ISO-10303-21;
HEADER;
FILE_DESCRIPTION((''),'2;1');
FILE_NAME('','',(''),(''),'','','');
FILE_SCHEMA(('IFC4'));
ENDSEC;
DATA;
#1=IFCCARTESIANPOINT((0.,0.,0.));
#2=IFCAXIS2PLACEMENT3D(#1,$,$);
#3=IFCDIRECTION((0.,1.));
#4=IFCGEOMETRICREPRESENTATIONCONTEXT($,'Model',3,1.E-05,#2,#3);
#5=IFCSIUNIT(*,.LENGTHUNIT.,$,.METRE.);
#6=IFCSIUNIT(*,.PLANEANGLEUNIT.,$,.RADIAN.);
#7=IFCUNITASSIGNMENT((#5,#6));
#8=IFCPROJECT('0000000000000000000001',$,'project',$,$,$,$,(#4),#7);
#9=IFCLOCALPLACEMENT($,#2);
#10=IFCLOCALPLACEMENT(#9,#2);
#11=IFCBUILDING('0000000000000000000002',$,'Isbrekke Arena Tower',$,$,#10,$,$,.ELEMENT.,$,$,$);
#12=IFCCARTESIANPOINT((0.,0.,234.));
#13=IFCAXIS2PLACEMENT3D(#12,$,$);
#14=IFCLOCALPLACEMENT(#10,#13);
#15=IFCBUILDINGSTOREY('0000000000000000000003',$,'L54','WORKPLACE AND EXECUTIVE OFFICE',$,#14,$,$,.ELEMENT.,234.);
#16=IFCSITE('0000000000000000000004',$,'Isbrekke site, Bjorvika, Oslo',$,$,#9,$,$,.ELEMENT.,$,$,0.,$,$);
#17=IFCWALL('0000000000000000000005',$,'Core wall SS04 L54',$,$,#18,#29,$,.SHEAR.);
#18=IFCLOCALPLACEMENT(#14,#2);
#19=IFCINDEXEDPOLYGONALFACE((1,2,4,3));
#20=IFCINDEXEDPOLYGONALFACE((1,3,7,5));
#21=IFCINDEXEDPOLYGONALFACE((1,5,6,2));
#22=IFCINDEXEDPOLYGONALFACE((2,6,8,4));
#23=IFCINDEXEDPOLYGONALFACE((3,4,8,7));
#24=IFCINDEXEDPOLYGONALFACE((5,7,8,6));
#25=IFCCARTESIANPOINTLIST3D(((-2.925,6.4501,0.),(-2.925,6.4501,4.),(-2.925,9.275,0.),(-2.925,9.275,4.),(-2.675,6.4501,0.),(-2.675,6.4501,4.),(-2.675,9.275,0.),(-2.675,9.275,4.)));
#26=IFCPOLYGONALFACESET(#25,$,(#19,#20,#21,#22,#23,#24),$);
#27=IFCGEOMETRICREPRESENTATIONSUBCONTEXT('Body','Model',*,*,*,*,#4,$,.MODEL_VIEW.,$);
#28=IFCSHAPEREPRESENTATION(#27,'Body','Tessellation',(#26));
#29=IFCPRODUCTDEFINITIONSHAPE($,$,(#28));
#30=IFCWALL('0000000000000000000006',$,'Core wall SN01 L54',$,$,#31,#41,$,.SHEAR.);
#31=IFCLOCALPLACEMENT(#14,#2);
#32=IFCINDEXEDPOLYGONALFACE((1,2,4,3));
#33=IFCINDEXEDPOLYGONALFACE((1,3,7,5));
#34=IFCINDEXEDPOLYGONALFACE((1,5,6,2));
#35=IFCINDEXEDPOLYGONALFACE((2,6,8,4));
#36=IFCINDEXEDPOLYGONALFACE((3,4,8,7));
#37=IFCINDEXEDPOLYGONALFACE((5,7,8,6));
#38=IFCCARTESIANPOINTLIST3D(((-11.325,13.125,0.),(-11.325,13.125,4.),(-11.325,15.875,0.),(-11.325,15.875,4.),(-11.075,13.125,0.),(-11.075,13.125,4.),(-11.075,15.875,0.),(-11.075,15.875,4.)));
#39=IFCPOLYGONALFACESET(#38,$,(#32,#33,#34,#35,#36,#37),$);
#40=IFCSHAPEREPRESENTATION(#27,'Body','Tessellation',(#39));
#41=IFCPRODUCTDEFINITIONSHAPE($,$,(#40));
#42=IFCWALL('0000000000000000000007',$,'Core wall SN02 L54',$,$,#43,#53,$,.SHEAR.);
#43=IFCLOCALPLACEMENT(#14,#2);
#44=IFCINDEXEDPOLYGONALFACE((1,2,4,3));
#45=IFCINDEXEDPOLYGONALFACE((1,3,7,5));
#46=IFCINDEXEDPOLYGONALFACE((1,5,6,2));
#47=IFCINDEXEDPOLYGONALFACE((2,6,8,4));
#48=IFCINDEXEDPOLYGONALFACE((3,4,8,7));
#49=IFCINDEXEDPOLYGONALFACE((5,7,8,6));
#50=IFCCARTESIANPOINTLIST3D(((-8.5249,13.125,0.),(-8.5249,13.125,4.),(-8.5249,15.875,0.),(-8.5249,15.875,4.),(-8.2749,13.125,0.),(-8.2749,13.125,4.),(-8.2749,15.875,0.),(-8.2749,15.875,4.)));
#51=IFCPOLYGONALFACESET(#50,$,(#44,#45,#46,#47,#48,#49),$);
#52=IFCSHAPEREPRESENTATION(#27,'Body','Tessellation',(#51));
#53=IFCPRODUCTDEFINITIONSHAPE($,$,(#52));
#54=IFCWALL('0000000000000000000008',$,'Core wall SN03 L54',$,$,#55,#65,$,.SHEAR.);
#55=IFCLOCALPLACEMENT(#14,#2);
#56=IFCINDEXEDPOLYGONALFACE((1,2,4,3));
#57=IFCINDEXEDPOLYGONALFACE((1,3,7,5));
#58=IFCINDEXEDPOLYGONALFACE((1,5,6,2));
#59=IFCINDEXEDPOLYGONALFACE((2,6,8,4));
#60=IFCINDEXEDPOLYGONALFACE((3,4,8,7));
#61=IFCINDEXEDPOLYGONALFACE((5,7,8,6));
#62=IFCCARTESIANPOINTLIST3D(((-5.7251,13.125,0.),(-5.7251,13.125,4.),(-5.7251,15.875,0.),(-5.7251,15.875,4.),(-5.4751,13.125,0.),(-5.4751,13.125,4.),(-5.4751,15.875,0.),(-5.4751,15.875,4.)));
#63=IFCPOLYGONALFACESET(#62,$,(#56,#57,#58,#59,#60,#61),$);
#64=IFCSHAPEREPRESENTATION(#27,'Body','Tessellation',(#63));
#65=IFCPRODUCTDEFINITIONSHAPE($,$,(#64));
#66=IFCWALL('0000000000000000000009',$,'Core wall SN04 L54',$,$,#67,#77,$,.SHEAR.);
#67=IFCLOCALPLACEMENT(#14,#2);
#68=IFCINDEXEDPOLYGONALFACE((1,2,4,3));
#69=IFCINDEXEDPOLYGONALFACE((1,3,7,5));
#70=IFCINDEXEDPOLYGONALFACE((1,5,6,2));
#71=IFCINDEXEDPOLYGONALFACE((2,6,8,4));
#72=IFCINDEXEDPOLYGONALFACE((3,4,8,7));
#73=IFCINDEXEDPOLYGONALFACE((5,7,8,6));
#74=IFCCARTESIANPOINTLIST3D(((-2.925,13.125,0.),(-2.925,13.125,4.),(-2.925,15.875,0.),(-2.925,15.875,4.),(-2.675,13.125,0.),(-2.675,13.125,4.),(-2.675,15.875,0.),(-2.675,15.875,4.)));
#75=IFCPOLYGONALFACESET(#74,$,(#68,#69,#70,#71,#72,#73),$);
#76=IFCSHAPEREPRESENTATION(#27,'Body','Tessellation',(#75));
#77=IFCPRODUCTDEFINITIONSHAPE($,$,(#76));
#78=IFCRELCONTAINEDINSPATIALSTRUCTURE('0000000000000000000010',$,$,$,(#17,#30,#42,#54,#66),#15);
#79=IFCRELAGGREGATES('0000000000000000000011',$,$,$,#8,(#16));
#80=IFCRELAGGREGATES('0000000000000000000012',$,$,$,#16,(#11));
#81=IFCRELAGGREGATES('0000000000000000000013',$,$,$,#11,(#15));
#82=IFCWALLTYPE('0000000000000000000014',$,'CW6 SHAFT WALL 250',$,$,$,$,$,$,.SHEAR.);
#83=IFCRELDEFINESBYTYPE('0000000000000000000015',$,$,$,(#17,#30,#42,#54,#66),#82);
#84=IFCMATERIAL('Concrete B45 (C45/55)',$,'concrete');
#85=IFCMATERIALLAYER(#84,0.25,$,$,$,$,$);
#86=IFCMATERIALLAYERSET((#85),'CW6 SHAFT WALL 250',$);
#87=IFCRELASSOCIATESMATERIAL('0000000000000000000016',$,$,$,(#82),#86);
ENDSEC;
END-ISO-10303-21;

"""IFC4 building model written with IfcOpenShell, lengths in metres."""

from ifc_helpers import new_model, si_unit, direction, frame, frame_2d, origin, place, context, subcontext, project, spatial, rectangle, extrude, material, layer, layer_set, type_object, element, save


model = new_model("IFC4")

# Units and contexts
model_context = context("Model", 3, precision=1e-05, world=origin(), true_north=direction((0.0, 1.0)))
body_context = subcontext(model_context, "Body", "Model", "MODEL_VIEW")
ifc_project = project(units=[si_unit("LENGTHUNIT", "METRE"), si_unit("PLANEANGLEUNIT", "RADIAN")], contexts=[model_context])

# Site, building, storey
site_placement = place(None, origin())
site = spatial("IfcSite", under=ifc_project, at=site_placement, Name="Isbrekke site, Bjorvika, Oslo", CompositionType="ELEMENT", RefElevation=0.0)
building_placement = place(site_placement, origin())
building = spatial("IfcBuilding", under=site, at=building_placement, Name="Isbrekke Arena Tower", CompositionType="ELEMENT")
storey_placement = place(building_placement, frame((0.0, 0.0, 234.0)))
storey = spatial("IfcBuildingStorey", under=building, at=storey_placement, Name="L54", Description="WORKPLACE AND EXECUTIVE OFFICE", CompositionType="ELEMENT", Elevation=234.0)

# Shared definitions
ifc_material_1 = material(Name="Concrete B45 (C45/55)", Category="concrete")
ifc_layer_1 = layer(ifc_material_1, 0.25)
ifc_layer_set_1 = layer_set([ifc_layer_1], Name="CW6 SHAFT WALL 250")
wall_type_1 = type_object("IfcWallType", Name="CW6 SHAFT WALL 250", PredefinedType="SHEAR", material=ifc_layer_set_1)

# Walls
for number, where, z_axis, x_axis, name in (
    (1, (-2.8, 6.45, 0.0), (0.0, 0.0, 1.0), (0.0, 1.0, 0.0), "Core wall SS04 L54"),
):
    element("IfcWall", number, at=place(storey_placement, frame(where, z_axis=z_axis, x_axis=x_axis)), inside=storey, type_object=wall_type_1, Name=name, PredefinedType="SHEAR", context=body_context, shape_type="SweptSolid", body=[
        extrude(rectangle(XDim=2.825, YDim=0.25, at=frame_2d((1.4126, 0.0))), origin(), (0.0, 0.0, 1.0), 4.0),
    ])
for number, where, z_axis, x_axis, name in (
    (2, (-11.2, 13.125, 0.0), (0.0, 0.0, 1.0), (0.0, 1.0, 0.0), "Core wall SN01 L54"),
    (3, (-8.3999, 13.125, 0.0), (0.0, 0.0, 1.0), (0.0, 1.0, 0.0), "Core wall SN02 L54"),
    (4, (-5.6001, 13.125, 0.0), (0.0, 0.0, 1.0), (0.0, 1.0, 0.0), "Core wall SN03 L54"),
    (5, (-2.8, 13.125, 0.0), (0.0, 0.0, 1.0), (0.0, 1.0, 0.0), "Core wall SN04 L54"),
):
    element("IfcWall", number, at=place(storey_placement, frame(where, z_axis=z_axis, x_axis=x_axis)), inside=storey, type_object=wall_type_1, Name=name, PredefinedType="SHEAR", context=body_context, shape_type="SweptSolid", body=[
        extrude(rectangle(XDim=2.75, YDim=0.25, at=frame_2d((1.375, 0.0))), origin(), (0.0, 0.0, 1.0), 4.0),
    ])

save(model, "model.ifc")
